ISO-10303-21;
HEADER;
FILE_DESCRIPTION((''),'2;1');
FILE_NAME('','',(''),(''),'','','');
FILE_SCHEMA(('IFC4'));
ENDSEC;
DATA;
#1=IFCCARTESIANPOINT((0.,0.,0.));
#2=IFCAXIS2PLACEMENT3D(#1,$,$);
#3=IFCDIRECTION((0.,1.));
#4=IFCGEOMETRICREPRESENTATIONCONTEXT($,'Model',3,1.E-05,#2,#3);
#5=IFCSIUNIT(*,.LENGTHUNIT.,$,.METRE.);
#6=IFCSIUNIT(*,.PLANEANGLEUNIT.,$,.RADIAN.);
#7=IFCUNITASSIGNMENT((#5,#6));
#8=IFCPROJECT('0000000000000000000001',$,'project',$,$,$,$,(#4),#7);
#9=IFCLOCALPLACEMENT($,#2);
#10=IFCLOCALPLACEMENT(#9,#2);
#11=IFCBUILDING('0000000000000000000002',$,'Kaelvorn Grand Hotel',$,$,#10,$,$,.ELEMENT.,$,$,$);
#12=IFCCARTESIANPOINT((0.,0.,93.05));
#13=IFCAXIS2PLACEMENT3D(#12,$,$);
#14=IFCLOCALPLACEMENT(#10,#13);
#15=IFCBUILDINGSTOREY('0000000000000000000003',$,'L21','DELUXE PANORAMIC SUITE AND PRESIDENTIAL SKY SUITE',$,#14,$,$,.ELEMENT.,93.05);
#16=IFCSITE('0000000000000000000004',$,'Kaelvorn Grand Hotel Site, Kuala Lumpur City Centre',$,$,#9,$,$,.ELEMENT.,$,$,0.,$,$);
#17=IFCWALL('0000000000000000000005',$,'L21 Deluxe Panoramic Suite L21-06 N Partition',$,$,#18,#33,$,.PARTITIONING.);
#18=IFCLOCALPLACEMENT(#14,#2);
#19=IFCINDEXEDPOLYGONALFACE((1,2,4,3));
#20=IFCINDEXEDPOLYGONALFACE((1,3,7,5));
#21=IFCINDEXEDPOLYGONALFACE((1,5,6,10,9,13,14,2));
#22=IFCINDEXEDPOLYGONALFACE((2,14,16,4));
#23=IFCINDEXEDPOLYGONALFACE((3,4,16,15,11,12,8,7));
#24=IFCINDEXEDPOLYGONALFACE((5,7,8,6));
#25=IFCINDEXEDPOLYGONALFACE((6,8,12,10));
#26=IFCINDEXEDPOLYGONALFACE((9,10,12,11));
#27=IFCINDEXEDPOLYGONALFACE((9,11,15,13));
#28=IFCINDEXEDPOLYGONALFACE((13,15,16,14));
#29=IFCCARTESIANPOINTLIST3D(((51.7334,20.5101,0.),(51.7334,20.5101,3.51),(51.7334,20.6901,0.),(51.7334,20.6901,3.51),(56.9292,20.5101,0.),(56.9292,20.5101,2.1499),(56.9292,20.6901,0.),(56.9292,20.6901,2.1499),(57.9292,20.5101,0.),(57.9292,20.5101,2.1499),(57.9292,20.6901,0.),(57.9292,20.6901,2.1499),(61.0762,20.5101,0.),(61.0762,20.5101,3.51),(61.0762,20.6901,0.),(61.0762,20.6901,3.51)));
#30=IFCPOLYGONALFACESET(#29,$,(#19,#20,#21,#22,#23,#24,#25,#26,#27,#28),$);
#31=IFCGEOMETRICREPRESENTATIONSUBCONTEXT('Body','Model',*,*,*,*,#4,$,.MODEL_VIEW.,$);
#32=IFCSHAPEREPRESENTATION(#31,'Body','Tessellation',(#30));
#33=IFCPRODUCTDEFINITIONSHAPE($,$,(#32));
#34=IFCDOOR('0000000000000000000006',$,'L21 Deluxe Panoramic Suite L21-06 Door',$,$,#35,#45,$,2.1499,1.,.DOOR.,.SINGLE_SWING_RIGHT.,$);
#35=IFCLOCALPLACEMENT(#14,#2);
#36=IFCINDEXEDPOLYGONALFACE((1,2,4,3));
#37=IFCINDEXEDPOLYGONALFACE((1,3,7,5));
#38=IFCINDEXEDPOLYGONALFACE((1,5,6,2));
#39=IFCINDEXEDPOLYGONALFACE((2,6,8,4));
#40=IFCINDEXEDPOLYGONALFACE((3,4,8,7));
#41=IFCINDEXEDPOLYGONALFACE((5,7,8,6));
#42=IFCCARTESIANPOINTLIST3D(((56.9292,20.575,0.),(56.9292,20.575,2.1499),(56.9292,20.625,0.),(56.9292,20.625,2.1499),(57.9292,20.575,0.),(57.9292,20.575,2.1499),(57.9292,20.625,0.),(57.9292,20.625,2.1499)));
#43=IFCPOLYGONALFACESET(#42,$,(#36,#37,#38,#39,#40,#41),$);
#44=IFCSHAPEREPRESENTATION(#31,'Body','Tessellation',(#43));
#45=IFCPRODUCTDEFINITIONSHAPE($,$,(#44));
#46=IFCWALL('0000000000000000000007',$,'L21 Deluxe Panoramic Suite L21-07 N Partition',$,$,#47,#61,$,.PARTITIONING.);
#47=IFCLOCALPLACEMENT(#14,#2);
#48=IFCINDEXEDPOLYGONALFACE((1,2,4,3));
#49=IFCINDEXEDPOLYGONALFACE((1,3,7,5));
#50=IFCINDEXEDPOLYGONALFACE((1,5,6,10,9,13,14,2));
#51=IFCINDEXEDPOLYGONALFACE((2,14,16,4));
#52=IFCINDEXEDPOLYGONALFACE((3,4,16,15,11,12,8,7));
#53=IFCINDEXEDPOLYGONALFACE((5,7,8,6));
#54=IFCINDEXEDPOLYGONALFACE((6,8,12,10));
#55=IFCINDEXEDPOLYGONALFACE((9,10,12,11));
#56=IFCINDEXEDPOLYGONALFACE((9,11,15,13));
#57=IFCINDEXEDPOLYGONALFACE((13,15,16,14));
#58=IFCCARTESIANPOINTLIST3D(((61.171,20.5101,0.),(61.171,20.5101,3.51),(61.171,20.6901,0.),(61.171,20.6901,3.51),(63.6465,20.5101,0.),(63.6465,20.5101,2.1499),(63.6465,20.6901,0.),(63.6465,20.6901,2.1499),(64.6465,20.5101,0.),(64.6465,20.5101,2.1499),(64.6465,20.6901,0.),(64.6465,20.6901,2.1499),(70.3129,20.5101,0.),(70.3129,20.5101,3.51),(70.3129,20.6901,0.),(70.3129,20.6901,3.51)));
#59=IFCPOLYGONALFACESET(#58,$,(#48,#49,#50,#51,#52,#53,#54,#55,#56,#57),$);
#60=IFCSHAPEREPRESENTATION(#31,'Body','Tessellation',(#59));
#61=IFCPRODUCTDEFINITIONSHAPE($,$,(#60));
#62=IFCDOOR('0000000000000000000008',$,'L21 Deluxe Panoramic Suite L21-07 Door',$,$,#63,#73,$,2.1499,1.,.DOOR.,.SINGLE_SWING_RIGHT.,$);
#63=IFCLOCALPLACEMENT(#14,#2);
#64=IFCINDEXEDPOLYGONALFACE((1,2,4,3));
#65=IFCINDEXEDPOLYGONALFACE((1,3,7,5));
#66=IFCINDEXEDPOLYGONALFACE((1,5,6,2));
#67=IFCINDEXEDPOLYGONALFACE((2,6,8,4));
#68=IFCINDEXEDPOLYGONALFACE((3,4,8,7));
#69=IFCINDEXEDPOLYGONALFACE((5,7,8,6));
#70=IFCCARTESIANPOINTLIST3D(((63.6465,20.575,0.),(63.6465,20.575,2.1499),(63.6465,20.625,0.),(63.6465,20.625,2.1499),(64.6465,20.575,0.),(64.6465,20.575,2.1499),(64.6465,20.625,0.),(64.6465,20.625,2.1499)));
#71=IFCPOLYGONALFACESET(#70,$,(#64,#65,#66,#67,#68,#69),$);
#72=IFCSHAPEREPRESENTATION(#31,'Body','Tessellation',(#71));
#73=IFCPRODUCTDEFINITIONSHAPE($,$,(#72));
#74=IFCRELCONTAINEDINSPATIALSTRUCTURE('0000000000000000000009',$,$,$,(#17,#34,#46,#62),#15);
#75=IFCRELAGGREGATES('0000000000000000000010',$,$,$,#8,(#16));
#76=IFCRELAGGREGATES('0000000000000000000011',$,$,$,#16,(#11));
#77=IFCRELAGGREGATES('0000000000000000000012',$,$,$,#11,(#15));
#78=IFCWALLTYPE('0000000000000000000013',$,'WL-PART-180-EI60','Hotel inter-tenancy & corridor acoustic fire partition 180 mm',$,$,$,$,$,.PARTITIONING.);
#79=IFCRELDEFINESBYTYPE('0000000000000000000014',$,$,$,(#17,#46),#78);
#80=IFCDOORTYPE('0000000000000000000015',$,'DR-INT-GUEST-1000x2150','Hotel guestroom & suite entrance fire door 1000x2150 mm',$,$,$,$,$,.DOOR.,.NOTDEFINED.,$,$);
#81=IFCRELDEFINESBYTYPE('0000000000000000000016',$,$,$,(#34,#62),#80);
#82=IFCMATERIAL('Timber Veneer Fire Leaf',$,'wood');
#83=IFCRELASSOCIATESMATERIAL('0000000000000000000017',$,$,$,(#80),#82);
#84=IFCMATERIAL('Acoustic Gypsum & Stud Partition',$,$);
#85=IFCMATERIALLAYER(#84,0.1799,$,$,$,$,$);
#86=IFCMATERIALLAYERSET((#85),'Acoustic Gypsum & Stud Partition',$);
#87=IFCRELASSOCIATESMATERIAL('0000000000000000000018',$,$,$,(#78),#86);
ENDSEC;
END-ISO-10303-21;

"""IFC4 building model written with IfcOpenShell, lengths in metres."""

from ifc_helpers import new_model, si_unit, direction, frame, frame_2d, origin, place, context, subcontext, project, spatial, rectangle, extrude, material, layer, layer_set, type_object, element, fill, save


model = new_model("IFC4")

# Units and contexts
model_context = context("Model", 3, precision=1e-05, world=origin(), true_north=direction((0.0, 1.0)))
body_context = subcontext(model_context, "Body", "Model", "MODEL_VIEW")
ifc_project = project(units=[si_unit("LENGTHUNIT", "METRE"), si_unit("PLANEANGLEUNIT", "RADIAN")], contexts=[model_context])

# Site, building, storey
site_placement = place(None, origin())
site = spatial("IfcSite", under=ifc_project, at=site_placement, Name="Kaelvorn Grand Hotel Site, Kuala Lumpur City Centre", CompositionType="ELEMENT", RefElevation=0.0)
building_placement = place(site_placement, origin())
building = spatial("IfcBuilding", under=site, at=building_placement, Name="Kaelvorn Grand Hotel", CompositionType="ELEMENT")
storey_placement = place(building_placement, frame((0.0, 0.0, 93.05)))
storey = spatial("IfcBuildingStorey", under=building, at=storey_placement, Name="L21", Description="DELUXE PANORAMIC SUITE AND PRESIDENTIAL SKY SUITE", CompositionType="ELEMENT", Elevation=93.05)

# Shared definitions
ifc_material_1 = material(Name="Acoustic Gypsum & Stud Partition")
ifc_material_2 = material(Name="Timber Veneer Fire Leaf", Category="wood")
door_type_1 = type_object("IfcDoorType", Name="DR-INT-GUEST-1000x2150", Description="Hotel guestroom & suite entrance fire door 1000x2150 mm", OperationType="NOTDEFINED", PredefinedType="DOOR", material=ifc_material_2)

# Walls, openings, doors
ifc_layer_1 = layer(ifc_material_1, 0.1799)
ifc_layer_set_1 = layer_set([ifc_layer_1], Name="Acoustic Gypsum & Stud Partition")
wall_type_1 = type_object("IfcWallType", Name="WL-PART-180-EI60", Description="Hotel inter-tenancy & corridor acoustic fire partition 180 mm", PredefinedType="PARTITIONING", material=ifc_layer_set_1)
wall_1_placement = place(storey_placement, frame((51.7334, 20.6001, 0.0), z_axis=(0.0, 0.0, 1.0), x_axis=(1.0, 0.0, 0.0)))
wall_1 = element("IfcWall", 1, at=wall_1_placement, inside=storey, type_object=wall_type_1, Name="L21 Deluxe Panoramic Suite L21-06 N Partition", PredefinedType="PARTITIONING", context=body_context, shape_type="SweptSolid", body=[
    extrude(rectangle(XDim=9.3428, YDim=0.1799, at=frame_2d((4.6714, 0.0))), origin(), (0.0, 0.0, 1.0), 3.51),
])
opening_1_placement = place(wall_1_placement, frame((5.1958, 0.0, 0.0)))
opening_1 = element("IfcOpeningElement", 2, at=opening_1_placement, cuts=wall_1, PredefinedType="OPENING", context=body_context, shape_type="SweptSolid", body=[
    extrude(rectangle(XDim=1.0, YDim=2.1499, at=frame_2d((0.5, 1.075))), frame((0.0, 0.1001, 0.0), z_axis=(0.0, -1.0, 0.0), x_axis=(1.0, 0.0, 0.0)), (0.0, 0.0, 1.0), 0.2),
])
door_1_placement = place(opening_1_placement, origin())
door_1 = element("IfcDoor", 3, at=door_1_placement, inside=storey, type_object=door_type_1, Name="L21 Deluxe Panoramic Suite L21-06 Door", OperationType="SINGLE_SWING_RIGHT", OverallHeight=2.1499, OverallWidth=1.0, PredefinedType="DOOR", context=body_context, shape_type="SweptSolid", body=[
    extrude(rectangle(XDim=1.0, YDim=2.1499, at=frame_2d((0.5, 1.075))), frame((0.0, 0.0249, 0.0), z_axis=(0.0, -1.0, 0.0), x_axis=(1.0, 0.0, 0.0)), (0.0, 0.0, 1.0), 0.05),
])
fill(opening_1, door_1)
wall_2_placement = place(storey_placement, frame((61.1711, 20.6001, 0.0), z_axis=(0.0, 0.0, 1.0), x_axis=(1.0, 0.0, 0.0)))
wall_2 = element("IfcWall", 4, at=wall_2_placement, inside=storey, type_object=wall_type_1, Name="L21 Deluxe Panoramic Suite L21-07 N Partition", PredefinedType="PARTITIONING", context=body_context, shape_type="SweptSolid", body=[
    extrude(rectangle(XDim=9.1418, YDim=0.1799, at=frame_2d((4.5708, 0.0))), origin(), (0.0, 0.0, 1.0), 3.51),
])
opening_2_placement = place(wall_2_placement, frame((2.4753, 0.0, 0.0)))
opening_2 = element("IfcOpeningElement", 5, at=opening_2_placement, cuts=wall_2, PredefinedType="OPENING", context=body_context, shape_type="SweptSolid", body=[
    extrude(rectangle(XDim=1.0, YDim=2.1499, at=frame_2d((0.5, 1.075))), frame((0.0, 0.1001, 0.0), z_axis=(0.0, -1.0, 0.0), x_axis=(1.0, 0.0, 0.0)), (0.0, 0.0, 1.0), 0.2),
])
door_2_placement = place(opening_2_placement, origin())
door_2 = element("IfcDoor", 6, at=door_2_placement, inside=storey, type_object=door_type_1, Name="L21 Deluxe Panoramic Suite L21-07 Door", OperationType="SINGLE_SWING_RIGHT", OverallHeight=2.1499, OverallWidth=1.0, PredefinedType="DOOR", context=body_context, shape_type="SweptSolid", body=[
    extrude(rectangle(XDim=1.0, YDim=2.1499, at=frame_2d((0.5, 1.075))), frame((0.0, 0.0249, 0.0), z_axis=(0.0, -1.0, 0.0), x_axis=(1.0, 0.0, 0.0)), (0.0, 0.0, 1.0), 0.05),
])
fill(opening_2, door_2)

save(model, "model.ifc")
